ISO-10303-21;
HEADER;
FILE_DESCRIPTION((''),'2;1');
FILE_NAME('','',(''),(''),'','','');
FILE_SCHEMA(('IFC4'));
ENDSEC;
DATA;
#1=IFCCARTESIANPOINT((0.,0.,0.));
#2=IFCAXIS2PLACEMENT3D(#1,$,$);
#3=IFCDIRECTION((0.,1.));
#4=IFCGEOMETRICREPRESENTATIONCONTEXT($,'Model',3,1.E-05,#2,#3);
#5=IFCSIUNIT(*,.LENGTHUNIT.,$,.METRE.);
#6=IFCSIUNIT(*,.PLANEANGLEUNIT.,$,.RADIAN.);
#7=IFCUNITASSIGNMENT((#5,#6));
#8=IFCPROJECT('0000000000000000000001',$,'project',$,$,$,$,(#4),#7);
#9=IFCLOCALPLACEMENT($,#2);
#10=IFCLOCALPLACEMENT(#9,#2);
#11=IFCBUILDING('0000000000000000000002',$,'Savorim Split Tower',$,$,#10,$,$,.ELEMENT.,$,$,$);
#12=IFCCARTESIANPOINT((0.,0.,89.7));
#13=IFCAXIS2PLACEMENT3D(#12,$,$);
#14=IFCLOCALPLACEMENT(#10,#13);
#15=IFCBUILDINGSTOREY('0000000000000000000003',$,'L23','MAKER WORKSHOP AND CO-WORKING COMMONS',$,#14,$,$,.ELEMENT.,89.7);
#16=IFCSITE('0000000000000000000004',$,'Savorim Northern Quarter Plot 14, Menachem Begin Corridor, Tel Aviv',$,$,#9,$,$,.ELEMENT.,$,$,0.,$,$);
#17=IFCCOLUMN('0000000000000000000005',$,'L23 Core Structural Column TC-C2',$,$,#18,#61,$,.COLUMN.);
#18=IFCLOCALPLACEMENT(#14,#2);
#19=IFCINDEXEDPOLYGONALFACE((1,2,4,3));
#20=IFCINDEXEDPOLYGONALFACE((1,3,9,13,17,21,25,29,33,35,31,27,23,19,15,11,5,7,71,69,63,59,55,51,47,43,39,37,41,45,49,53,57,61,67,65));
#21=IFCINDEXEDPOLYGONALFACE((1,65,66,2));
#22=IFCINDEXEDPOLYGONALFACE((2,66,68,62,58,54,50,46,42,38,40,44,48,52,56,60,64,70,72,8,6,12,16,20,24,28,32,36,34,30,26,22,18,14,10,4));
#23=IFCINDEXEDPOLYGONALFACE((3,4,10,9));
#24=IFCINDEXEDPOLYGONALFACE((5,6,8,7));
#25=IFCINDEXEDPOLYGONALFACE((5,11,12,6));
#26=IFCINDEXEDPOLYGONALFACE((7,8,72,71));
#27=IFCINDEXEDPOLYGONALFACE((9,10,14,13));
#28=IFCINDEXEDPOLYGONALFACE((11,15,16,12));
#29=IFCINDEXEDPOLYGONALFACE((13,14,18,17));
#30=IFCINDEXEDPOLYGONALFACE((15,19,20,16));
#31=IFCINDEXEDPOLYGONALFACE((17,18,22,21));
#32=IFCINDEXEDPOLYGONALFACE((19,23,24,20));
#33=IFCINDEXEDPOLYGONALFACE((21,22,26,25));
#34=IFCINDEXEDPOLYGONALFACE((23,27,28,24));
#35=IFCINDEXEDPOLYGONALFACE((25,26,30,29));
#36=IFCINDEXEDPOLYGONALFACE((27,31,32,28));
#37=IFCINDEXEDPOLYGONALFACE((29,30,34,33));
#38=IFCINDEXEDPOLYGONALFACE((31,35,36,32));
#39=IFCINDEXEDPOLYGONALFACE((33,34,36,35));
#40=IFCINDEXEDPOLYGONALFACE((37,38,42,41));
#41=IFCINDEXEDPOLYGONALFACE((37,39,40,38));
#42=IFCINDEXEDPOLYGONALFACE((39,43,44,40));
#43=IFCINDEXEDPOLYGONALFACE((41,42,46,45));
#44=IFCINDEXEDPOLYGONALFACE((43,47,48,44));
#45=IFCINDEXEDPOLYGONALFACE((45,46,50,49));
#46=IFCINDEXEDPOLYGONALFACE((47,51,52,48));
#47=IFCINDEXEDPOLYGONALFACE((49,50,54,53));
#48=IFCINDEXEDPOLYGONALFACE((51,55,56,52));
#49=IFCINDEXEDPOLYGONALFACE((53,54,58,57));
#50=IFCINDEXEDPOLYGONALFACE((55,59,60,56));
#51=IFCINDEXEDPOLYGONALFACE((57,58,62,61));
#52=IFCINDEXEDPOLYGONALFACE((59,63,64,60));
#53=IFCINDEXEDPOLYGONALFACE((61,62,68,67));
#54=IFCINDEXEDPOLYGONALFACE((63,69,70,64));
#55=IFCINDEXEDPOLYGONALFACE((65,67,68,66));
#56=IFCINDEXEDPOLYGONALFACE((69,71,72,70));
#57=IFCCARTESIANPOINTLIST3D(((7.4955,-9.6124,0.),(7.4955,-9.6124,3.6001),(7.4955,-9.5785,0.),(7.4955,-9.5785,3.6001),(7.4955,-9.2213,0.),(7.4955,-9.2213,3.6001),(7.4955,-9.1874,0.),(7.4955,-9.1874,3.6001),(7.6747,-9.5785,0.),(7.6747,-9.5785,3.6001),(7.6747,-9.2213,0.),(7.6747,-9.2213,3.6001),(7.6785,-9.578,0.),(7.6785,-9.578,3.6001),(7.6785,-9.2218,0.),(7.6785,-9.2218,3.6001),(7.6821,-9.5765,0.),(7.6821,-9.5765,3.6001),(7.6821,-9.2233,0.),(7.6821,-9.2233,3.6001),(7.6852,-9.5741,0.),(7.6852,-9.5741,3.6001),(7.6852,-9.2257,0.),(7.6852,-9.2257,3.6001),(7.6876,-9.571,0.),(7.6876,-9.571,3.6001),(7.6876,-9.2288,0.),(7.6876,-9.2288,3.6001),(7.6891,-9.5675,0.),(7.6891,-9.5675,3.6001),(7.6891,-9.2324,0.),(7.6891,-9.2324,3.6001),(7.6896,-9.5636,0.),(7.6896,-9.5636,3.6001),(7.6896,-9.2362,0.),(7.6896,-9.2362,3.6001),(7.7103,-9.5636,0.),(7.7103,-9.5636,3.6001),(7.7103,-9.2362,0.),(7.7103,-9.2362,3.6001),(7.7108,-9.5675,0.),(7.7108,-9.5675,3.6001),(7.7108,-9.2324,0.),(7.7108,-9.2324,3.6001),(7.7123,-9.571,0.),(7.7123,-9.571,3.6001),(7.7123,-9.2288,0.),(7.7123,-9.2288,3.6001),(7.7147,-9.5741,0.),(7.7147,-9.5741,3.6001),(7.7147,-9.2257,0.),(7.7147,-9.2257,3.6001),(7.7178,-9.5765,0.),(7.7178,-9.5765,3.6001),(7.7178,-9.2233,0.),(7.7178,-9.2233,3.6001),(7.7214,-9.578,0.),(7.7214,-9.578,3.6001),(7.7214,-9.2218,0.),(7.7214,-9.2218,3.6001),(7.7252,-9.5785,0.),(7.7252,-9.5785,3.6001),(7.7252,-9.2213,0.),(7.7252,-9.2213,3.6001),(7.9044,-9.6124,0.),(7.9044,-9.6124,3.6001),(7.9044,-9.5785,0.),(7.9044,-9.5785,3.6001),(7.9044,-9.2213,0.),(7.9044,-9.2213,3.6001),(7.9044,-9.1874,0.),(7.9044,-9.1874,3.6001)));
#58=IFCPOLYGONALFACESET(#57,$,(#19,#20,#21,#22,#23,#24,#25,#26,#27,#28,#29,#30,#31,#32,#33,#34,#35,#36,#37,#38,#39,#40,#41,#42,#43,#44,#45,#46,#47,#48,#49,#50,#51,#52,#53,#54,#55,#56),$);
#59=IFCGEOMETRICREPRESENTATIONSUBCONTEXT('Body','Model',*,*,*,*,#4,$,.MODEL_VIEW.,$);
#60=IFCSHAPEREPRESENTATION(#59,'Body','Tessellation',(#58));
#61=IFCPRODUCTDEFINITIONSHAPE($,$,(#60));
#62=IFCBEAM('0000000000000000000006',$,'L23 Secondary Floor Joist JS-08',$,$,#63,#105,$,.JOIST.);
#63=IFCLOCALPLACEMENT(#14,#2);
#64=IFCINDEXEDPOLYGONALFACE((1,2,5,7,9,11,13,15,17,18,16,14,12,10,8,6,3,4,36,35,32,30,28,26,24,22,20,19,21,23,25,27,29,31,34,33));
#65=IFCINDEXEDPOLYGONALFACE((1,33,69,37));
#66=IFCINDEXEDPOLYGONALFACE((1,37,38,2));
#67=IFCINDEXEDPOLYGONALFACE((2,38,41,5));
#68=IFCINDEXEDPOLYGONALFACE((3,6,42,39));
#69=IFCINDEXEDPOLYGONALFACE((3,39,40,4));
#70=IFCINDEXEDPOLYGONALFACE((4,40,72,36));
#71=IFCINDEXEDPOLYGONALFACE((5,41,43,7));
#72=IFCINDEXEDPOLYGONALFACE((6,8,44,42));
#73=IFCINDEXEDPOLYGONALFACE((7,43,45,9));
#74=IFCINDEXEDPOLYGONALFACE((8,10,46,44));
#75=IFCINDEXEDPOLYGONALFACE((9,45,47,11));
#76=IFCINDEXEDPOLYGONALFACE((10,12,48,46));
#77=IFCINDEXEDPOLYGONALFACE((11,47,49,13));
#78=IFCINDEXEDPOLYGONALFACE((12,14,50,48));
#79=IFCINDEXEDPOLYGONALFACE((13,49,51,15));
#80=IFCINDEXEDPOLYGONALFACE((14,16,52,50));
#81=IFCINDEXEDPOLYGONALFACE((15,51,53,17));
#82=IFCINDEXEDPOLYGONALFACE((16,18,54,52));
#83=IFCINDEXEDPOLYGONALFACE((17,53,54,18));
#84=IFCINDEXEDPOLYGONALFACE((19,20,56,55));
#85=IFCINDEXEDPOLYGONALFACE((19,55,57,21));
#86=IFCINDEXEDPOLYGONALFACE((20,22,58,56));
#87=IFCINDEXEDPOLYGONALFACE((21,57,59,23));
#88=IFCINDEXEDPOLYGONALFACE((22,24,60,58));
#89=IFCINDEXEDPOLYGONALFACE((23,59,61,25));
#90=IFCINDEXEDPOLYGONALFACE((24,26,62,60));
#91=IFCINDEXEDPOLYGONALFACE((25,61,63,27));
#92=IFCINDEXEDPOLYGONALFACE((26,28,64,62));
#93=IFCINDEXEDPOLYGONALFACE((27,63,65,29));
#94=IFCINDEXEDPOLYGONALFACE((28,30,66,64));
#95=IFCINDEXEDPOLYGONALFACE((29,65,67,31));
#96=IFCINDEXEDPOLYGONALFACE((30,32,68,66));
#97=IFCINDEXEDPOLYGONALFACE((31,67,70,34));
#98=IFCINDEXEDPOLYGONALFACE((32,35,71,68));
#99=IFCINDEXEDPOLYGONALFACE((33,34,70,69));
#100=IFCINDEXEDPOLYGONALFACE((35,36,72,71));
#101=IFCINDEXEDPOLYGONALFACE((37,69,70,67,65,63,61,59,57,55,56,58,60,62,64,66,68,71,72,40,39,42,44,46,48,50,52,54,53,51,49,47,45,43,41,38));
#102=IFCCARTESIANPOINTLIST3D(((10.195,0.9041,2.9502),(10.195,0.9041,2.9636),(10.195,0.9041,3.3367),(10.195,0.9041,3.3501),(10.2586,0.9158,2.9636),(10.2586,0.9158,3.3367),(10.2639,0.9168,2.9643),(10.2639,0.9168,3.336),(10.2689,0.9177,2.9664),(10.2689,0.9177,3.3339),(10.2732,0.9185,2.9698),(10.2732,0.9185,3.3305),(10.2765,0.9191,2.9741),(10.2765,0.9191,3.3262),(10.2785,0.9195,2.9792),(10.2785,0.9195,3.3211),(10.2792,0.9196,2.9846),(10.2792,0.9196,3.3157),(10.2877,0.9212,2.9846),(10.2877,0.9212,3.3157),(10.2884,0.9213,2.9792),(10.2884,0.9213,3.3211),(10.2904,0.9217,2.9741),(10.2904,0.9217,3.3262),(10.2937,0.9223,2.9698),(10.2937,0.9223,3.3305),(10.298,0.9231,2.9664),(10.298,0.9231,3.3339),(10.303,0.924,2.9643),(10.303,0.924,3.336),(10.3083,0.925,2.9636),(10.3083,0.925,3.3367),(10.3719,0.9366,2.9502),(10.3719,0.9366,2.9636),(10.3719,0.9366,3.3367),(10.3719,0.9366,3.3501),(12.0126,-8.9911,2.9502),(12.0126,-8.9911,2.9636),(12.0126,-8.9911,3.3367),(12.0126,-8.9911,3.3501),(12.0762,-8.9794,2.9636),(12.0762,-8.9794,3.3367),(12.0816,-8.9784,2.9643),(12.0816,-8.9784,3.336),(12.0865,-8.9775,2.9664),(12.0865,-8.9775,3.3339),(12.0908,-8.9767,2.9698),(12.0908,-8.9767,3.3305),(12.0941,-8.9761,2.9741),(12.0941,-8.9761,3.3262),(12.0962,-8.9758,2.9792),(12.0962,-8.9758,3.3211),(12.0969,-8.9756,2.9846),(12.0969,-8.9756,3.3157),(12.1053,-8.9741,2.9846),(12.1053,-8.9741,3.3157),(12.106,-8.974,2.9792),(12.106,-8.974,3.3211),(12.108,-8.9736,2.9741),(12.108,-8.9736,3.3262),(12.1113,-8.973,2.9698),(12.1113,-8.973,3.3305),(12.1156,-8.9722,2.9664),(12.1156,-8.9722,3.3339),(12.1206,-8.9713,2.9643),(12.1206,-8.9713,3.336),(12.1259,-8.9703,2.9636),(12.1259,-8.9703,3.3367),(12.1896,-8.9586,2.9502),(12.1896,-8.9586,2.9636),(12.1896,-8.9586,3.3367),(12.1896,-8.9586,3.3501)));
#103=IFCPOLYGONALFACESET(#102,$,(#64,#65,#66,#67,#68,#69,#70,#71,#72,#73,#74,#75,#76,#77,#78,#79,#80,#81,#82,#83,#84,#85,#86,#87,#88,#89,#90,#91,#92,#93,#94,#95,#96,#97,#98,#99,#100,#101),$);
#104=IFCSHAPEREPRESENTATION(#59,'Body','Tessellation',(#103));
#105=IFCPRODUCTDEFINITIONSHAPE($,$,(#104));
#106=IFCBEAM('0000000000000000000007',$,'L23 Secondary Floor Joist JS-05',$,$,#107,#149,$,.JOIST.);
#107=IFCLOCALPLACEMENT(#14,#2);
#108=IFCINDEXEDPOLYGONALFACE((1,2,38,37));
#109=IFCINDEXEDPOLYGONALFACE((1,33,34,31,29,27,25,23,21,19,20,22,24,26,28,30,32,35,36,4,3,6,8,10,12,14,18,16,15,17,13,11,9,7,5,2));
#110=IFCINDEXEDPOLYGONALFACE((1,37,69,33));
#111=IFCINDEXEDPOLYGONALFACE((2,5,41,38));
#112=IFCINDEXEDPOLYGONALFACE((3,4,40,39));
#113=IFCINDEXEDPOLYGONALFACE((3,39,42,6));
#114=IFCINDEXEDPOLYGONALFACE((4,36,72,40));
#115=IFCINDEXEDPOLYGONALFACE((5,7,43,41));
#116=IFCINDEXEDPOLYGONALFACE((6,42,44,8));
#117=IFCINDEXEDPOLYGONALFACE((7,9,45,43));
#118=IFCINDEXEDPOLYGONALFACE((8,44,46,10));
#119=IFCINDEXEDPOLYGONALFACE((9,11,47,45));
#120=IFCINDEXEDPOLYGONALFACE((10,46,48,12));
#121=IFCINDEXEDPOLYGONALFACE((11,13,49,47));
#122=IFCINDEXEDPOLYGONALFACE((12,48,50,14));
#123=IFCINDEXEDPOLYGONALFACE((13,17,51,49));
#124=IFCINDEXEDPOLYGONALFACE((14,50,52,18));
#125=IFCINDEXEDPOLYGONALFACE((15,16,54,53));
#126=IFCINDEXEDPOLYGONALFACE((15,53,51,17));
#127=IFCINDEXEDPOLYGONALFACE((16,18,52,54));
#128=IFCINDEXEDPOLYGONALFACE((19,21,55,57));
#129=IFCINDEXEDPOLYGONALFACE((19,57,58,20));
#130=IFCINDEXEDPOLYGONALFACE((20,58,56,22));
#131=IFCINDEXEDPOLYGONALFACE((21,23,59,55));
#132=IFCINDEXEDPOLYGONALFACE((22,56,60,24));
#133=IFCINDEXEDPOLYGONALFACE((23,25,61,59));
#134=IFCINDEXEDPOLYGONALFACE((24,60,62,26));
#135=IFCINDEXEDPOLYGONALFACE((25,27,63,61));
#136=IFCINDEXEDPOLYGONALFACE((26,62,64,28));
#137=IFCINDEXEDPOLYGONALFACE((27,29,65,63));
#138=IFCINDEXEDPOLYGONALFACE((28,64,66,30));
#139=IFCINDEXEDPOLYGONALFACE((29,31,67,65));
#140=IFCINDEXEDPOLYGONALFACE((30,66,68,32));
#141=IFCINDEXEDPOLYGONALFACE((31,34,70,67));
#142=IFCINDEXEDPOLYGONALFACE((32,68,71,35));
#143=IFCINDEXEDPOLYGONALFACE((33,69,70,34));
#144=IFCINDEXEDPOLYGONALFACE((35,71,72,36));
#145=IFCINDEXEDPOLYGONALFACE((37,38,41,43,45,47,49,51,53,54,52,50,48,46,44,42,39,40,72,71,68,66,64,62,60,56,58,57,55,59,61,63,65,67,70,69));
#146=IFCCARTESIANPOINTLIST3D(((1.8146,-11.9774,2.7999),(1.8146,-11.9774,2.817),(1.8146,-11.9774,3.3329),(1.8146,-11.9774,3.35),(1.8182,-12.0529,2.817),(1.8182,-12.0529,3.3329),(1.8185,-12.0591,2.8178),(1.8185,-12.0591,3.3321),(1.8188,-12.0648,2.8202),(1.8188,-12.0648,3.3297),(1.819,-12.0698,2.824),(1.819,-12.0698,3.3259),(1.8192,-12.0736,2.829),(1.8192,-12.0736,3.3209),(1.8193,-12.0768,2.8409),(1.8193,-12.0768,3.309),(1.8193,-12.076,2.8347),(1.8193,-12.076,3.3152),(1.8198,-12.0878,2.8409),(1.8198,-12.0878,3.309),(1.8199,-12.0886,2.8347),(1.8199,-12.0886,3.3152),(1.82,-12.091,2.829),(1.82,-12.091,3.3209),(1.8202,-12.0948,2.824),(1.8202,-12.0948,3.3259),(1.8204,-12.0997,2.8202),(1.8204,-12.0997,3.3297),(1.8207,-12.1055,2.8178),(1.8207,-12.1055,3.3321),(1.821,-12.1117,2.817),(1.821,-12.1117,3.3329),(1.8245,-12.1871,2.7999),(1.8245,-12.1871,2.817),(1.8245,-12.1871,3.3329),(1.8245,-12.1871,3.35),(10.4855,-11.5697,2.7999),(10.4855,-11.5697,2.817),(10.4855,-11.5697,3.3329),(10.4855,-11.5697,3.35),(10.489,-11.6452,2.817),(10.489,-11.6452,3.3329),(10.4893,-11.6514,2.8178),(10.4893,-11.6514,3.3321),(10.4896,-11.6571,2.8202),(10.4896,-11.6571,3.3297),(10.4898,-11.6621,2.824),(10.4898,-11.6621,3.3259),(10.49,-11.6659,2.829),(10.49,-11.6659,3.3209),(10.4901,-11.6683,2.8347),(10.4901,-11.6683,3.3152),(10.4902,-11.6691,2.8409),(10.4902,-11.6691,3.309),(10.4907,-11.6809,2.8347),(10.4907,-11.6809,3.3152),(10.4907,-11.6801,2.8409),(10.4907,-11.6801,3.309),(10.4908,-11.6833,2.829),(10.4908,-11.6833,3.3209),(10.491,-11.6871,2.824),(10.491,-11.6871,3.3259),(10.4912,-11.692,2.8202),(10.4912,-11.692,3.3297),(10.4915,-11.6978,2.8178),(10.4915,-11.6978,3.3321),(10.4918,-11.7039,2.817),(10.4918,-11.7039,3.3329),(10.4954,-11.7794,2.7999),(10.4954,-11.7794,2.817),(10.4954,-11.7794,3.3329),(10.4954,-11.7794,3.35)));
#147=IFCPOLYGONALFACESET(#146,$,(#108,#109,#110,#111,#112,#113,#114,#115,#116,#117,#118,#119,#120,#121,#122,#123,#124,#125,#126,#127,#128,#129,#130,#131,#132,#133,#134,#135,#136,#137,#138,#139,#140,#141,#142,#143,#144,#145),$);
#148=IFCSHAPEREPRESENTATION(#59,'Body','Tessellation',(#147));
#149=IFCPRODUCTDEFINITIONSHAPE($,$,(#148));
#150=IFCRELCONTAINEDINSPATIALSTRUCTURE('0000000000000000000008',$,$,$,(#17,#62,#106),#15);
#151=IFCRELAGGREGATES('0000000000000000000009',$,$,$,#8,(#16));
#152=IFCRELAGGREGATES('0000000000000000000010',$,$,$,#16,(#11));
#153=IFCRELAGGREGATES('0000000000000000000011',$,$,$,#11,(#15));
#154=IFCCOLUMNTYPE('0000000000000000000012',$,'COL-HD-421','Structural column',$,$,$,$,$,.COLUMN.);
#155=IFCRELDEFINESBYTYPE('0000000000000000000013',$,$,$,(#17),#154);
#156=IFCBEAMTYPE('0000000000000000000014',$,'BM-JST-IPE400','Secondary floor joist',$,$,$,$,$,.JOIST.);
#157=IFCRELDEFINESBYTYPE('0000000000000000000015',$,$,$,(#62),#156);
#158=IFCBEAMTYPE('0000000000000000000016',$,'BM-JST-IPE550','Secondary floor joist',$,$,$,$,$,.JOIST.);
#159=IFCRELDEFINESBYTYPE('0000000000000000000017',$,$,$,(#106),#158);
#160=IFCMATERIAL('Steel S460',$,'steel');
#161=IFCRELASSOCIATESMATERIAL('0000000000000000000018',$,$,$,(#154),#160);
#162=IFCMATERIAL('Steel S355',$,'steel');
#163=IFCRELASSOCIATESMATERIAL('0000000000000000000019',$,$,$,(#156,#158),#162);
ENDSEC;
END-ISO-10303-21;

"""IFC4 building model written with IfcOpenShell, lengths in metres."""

from ifc_helpers import new_model, si_unit, direction, frame, origin, origin_2d, place, context, subcontext, project, spatial, i_section, extrude, material, material_profile, profile_set, type_object, element, save


model = new_model("IFC4")

# Units and contexts
model_context = context("Model", 3, precision=1e-05, world=origin(), true_north=direction((0.0, 1.0)))
body_context = subcontext(model_context, "Body", "Model", "MODEL_VIEW")
ifc_project = project(units=[si_unit("LENGTHUNIT", "METRE"), si_unit("PLANEANGLEUNIT", "RADIAN")], contexts=[model_context])

# Site, building, storey
site_placement = place(None, origin())
site = spatial("IfcSite", under=ifc_project, at=site_placement, Name="Savorim Northern Quarter Plot 14, Menachem Begin Corridor, Tel Aviv", CompositionType="ELEMENT", RefElevation=0.0)
building_placement = place(site_placement, origin())
building = spatial("IfcBuilding", under=site, at=building_placement, Name="Savorim Split Tower", CompositionType="ELEMENT")
storey_placement = place(building_placement, frame((0.0, 0.0, 89.7)))
storey = spatial("IfcBuildingStorey", under=building, at=storey_placement, Name="L23", Description="MAKER WORKSHOP AND CO-WORKING COMMONS", CompositionType="ELEMENT", Elevation=89.7)

# Column
ifc_material_1 = material(Name="Steel S460", Category="steel")
ifc_material_profile_1 = material_profile(ifc_material_1, i_section(OverallWidth=0.4089, OverallDepth=0.425, WebThickness=0.0208, FlangeThickness=0.0339, FilletRadius=0.0149, at=origin_2d()), Name="HD 400x421")
ifc_profile_set_1 = profile_set([ifc_material_profile_1], Name="Steel S460")
column_type = type_object("IfcColumnType", Name="COL-HD-421", Description="Structural column", PredefinedType="COLUMN", material=ifc_profile_set_1)
column_placement = place(storey_placement, frame((7.7, -9.3999, 0.0), z_axis=(0.0, 0.0, 1.0), x_axis=(1.0, 0.0, 0.0)))
element("IfcColumn", 1, at=column_placement, inside=storey, type_object=column_type, Name="L23 Core Structural Column TC-C2", PredefinedType="COLUMN", context=body_context, shape_type="SweptSolid", body=[
    extrude(i_section(OverallWidth=0.4089, OverallDepth=0.425, WebThickness=0.0208, FlangeThickness=0.0339, FilletRadius=0.0149, at=origin_2d()), origin(), (0.0, 0.0, 1.0), 3.6001),
])

# Beams
ifc_material_2 = material(Name="Steel S355", Category="steel")
ifc_material_profile_2 = material_profile(ifc_material_2, i_section(OverallWidth=0.1799, OverallDepth=0.3999, WebThickness=0.0085, FlangeThickness=0.0134, FilletRadius=0.021, at=origin_2d()), Name="IPE 400")
ifc_profile_set_2 = profile_set([ifc_material_profile_2], Name="Steel S355")
beam_type_1 = type_object("IfcBeamType", Name="BM-JST-IPE400", Description="Secondary floor joist", PredefinedType="JOIST", material=ifc_profile_set_2)
beam_1_placement = place(storey_placement, frame((12.1011, -8.9749, 3.1501), z_axis=(-0.180664, 0.983545, 0.0), x_axis=(-0.983545, -0.180664, 0.0)))
element("IfcBeam", 2, at=beam_1_placement, inside=storey, type_object=beam_type_1, Name="L23 Secondary Floor Joist JS-08", PredefinedType="JOIST", context=body_context, shape_type="SweptSolid", body=[
    extrude(i_section(OverallWidth=0.1799, OverallDepth=0.3999, WebThickness=0.0085, FlangeThickness=0.0134, FilletRadius=0.021, at=origin_2d()), origin(), (0.0, 0.0, 1.0), 10.0608),
])
ifc_material_profile_3 = material_profile(ifc_material_2, i_section(OverallWidth=0.21, OverallDepth=0.55, WebThickness=0.011, FlangeThickness=0.0171, FilletRadius=0.0239, at=origin_2d()), Name="IPE 550")
ifc_profile_set_3 = profile_set([ifc_material_profile_3], Name="Steel S355")
beam_type_2 = type_object("IfcBeamType", Name="BM-JST-IPE550", Description="Secondary floor joist", PredefinedType="JOIST", material=ifc_profile_set_3)
beam_2_placement = place(storey_placement, frame((1.8196, -12.0823, 3.075), z_axis=(0.998896, 0.046969, 0.0), x_axis=(-0.046969, 0.998896, 0.0)))
element("IfcBeam", 3, at=beam_2_placement, inside=storey, type_object=beam_type_2, Name="L23 Secondary Floor Joist JS-05", PredefinedType="JOIST", context=body_context, shape_type="SweptSolid", body=[
    extrude(i_section(OverallWidth=0.21, OverallDepth=0.55, WebThickness=0.011, FlangeThickness=0.0171, FilletRadius=0.0239, at=origin_2d()), origin(), (0.0, 0.0, 1.0), 8.6804),
])

save(model, "model.ifc")
